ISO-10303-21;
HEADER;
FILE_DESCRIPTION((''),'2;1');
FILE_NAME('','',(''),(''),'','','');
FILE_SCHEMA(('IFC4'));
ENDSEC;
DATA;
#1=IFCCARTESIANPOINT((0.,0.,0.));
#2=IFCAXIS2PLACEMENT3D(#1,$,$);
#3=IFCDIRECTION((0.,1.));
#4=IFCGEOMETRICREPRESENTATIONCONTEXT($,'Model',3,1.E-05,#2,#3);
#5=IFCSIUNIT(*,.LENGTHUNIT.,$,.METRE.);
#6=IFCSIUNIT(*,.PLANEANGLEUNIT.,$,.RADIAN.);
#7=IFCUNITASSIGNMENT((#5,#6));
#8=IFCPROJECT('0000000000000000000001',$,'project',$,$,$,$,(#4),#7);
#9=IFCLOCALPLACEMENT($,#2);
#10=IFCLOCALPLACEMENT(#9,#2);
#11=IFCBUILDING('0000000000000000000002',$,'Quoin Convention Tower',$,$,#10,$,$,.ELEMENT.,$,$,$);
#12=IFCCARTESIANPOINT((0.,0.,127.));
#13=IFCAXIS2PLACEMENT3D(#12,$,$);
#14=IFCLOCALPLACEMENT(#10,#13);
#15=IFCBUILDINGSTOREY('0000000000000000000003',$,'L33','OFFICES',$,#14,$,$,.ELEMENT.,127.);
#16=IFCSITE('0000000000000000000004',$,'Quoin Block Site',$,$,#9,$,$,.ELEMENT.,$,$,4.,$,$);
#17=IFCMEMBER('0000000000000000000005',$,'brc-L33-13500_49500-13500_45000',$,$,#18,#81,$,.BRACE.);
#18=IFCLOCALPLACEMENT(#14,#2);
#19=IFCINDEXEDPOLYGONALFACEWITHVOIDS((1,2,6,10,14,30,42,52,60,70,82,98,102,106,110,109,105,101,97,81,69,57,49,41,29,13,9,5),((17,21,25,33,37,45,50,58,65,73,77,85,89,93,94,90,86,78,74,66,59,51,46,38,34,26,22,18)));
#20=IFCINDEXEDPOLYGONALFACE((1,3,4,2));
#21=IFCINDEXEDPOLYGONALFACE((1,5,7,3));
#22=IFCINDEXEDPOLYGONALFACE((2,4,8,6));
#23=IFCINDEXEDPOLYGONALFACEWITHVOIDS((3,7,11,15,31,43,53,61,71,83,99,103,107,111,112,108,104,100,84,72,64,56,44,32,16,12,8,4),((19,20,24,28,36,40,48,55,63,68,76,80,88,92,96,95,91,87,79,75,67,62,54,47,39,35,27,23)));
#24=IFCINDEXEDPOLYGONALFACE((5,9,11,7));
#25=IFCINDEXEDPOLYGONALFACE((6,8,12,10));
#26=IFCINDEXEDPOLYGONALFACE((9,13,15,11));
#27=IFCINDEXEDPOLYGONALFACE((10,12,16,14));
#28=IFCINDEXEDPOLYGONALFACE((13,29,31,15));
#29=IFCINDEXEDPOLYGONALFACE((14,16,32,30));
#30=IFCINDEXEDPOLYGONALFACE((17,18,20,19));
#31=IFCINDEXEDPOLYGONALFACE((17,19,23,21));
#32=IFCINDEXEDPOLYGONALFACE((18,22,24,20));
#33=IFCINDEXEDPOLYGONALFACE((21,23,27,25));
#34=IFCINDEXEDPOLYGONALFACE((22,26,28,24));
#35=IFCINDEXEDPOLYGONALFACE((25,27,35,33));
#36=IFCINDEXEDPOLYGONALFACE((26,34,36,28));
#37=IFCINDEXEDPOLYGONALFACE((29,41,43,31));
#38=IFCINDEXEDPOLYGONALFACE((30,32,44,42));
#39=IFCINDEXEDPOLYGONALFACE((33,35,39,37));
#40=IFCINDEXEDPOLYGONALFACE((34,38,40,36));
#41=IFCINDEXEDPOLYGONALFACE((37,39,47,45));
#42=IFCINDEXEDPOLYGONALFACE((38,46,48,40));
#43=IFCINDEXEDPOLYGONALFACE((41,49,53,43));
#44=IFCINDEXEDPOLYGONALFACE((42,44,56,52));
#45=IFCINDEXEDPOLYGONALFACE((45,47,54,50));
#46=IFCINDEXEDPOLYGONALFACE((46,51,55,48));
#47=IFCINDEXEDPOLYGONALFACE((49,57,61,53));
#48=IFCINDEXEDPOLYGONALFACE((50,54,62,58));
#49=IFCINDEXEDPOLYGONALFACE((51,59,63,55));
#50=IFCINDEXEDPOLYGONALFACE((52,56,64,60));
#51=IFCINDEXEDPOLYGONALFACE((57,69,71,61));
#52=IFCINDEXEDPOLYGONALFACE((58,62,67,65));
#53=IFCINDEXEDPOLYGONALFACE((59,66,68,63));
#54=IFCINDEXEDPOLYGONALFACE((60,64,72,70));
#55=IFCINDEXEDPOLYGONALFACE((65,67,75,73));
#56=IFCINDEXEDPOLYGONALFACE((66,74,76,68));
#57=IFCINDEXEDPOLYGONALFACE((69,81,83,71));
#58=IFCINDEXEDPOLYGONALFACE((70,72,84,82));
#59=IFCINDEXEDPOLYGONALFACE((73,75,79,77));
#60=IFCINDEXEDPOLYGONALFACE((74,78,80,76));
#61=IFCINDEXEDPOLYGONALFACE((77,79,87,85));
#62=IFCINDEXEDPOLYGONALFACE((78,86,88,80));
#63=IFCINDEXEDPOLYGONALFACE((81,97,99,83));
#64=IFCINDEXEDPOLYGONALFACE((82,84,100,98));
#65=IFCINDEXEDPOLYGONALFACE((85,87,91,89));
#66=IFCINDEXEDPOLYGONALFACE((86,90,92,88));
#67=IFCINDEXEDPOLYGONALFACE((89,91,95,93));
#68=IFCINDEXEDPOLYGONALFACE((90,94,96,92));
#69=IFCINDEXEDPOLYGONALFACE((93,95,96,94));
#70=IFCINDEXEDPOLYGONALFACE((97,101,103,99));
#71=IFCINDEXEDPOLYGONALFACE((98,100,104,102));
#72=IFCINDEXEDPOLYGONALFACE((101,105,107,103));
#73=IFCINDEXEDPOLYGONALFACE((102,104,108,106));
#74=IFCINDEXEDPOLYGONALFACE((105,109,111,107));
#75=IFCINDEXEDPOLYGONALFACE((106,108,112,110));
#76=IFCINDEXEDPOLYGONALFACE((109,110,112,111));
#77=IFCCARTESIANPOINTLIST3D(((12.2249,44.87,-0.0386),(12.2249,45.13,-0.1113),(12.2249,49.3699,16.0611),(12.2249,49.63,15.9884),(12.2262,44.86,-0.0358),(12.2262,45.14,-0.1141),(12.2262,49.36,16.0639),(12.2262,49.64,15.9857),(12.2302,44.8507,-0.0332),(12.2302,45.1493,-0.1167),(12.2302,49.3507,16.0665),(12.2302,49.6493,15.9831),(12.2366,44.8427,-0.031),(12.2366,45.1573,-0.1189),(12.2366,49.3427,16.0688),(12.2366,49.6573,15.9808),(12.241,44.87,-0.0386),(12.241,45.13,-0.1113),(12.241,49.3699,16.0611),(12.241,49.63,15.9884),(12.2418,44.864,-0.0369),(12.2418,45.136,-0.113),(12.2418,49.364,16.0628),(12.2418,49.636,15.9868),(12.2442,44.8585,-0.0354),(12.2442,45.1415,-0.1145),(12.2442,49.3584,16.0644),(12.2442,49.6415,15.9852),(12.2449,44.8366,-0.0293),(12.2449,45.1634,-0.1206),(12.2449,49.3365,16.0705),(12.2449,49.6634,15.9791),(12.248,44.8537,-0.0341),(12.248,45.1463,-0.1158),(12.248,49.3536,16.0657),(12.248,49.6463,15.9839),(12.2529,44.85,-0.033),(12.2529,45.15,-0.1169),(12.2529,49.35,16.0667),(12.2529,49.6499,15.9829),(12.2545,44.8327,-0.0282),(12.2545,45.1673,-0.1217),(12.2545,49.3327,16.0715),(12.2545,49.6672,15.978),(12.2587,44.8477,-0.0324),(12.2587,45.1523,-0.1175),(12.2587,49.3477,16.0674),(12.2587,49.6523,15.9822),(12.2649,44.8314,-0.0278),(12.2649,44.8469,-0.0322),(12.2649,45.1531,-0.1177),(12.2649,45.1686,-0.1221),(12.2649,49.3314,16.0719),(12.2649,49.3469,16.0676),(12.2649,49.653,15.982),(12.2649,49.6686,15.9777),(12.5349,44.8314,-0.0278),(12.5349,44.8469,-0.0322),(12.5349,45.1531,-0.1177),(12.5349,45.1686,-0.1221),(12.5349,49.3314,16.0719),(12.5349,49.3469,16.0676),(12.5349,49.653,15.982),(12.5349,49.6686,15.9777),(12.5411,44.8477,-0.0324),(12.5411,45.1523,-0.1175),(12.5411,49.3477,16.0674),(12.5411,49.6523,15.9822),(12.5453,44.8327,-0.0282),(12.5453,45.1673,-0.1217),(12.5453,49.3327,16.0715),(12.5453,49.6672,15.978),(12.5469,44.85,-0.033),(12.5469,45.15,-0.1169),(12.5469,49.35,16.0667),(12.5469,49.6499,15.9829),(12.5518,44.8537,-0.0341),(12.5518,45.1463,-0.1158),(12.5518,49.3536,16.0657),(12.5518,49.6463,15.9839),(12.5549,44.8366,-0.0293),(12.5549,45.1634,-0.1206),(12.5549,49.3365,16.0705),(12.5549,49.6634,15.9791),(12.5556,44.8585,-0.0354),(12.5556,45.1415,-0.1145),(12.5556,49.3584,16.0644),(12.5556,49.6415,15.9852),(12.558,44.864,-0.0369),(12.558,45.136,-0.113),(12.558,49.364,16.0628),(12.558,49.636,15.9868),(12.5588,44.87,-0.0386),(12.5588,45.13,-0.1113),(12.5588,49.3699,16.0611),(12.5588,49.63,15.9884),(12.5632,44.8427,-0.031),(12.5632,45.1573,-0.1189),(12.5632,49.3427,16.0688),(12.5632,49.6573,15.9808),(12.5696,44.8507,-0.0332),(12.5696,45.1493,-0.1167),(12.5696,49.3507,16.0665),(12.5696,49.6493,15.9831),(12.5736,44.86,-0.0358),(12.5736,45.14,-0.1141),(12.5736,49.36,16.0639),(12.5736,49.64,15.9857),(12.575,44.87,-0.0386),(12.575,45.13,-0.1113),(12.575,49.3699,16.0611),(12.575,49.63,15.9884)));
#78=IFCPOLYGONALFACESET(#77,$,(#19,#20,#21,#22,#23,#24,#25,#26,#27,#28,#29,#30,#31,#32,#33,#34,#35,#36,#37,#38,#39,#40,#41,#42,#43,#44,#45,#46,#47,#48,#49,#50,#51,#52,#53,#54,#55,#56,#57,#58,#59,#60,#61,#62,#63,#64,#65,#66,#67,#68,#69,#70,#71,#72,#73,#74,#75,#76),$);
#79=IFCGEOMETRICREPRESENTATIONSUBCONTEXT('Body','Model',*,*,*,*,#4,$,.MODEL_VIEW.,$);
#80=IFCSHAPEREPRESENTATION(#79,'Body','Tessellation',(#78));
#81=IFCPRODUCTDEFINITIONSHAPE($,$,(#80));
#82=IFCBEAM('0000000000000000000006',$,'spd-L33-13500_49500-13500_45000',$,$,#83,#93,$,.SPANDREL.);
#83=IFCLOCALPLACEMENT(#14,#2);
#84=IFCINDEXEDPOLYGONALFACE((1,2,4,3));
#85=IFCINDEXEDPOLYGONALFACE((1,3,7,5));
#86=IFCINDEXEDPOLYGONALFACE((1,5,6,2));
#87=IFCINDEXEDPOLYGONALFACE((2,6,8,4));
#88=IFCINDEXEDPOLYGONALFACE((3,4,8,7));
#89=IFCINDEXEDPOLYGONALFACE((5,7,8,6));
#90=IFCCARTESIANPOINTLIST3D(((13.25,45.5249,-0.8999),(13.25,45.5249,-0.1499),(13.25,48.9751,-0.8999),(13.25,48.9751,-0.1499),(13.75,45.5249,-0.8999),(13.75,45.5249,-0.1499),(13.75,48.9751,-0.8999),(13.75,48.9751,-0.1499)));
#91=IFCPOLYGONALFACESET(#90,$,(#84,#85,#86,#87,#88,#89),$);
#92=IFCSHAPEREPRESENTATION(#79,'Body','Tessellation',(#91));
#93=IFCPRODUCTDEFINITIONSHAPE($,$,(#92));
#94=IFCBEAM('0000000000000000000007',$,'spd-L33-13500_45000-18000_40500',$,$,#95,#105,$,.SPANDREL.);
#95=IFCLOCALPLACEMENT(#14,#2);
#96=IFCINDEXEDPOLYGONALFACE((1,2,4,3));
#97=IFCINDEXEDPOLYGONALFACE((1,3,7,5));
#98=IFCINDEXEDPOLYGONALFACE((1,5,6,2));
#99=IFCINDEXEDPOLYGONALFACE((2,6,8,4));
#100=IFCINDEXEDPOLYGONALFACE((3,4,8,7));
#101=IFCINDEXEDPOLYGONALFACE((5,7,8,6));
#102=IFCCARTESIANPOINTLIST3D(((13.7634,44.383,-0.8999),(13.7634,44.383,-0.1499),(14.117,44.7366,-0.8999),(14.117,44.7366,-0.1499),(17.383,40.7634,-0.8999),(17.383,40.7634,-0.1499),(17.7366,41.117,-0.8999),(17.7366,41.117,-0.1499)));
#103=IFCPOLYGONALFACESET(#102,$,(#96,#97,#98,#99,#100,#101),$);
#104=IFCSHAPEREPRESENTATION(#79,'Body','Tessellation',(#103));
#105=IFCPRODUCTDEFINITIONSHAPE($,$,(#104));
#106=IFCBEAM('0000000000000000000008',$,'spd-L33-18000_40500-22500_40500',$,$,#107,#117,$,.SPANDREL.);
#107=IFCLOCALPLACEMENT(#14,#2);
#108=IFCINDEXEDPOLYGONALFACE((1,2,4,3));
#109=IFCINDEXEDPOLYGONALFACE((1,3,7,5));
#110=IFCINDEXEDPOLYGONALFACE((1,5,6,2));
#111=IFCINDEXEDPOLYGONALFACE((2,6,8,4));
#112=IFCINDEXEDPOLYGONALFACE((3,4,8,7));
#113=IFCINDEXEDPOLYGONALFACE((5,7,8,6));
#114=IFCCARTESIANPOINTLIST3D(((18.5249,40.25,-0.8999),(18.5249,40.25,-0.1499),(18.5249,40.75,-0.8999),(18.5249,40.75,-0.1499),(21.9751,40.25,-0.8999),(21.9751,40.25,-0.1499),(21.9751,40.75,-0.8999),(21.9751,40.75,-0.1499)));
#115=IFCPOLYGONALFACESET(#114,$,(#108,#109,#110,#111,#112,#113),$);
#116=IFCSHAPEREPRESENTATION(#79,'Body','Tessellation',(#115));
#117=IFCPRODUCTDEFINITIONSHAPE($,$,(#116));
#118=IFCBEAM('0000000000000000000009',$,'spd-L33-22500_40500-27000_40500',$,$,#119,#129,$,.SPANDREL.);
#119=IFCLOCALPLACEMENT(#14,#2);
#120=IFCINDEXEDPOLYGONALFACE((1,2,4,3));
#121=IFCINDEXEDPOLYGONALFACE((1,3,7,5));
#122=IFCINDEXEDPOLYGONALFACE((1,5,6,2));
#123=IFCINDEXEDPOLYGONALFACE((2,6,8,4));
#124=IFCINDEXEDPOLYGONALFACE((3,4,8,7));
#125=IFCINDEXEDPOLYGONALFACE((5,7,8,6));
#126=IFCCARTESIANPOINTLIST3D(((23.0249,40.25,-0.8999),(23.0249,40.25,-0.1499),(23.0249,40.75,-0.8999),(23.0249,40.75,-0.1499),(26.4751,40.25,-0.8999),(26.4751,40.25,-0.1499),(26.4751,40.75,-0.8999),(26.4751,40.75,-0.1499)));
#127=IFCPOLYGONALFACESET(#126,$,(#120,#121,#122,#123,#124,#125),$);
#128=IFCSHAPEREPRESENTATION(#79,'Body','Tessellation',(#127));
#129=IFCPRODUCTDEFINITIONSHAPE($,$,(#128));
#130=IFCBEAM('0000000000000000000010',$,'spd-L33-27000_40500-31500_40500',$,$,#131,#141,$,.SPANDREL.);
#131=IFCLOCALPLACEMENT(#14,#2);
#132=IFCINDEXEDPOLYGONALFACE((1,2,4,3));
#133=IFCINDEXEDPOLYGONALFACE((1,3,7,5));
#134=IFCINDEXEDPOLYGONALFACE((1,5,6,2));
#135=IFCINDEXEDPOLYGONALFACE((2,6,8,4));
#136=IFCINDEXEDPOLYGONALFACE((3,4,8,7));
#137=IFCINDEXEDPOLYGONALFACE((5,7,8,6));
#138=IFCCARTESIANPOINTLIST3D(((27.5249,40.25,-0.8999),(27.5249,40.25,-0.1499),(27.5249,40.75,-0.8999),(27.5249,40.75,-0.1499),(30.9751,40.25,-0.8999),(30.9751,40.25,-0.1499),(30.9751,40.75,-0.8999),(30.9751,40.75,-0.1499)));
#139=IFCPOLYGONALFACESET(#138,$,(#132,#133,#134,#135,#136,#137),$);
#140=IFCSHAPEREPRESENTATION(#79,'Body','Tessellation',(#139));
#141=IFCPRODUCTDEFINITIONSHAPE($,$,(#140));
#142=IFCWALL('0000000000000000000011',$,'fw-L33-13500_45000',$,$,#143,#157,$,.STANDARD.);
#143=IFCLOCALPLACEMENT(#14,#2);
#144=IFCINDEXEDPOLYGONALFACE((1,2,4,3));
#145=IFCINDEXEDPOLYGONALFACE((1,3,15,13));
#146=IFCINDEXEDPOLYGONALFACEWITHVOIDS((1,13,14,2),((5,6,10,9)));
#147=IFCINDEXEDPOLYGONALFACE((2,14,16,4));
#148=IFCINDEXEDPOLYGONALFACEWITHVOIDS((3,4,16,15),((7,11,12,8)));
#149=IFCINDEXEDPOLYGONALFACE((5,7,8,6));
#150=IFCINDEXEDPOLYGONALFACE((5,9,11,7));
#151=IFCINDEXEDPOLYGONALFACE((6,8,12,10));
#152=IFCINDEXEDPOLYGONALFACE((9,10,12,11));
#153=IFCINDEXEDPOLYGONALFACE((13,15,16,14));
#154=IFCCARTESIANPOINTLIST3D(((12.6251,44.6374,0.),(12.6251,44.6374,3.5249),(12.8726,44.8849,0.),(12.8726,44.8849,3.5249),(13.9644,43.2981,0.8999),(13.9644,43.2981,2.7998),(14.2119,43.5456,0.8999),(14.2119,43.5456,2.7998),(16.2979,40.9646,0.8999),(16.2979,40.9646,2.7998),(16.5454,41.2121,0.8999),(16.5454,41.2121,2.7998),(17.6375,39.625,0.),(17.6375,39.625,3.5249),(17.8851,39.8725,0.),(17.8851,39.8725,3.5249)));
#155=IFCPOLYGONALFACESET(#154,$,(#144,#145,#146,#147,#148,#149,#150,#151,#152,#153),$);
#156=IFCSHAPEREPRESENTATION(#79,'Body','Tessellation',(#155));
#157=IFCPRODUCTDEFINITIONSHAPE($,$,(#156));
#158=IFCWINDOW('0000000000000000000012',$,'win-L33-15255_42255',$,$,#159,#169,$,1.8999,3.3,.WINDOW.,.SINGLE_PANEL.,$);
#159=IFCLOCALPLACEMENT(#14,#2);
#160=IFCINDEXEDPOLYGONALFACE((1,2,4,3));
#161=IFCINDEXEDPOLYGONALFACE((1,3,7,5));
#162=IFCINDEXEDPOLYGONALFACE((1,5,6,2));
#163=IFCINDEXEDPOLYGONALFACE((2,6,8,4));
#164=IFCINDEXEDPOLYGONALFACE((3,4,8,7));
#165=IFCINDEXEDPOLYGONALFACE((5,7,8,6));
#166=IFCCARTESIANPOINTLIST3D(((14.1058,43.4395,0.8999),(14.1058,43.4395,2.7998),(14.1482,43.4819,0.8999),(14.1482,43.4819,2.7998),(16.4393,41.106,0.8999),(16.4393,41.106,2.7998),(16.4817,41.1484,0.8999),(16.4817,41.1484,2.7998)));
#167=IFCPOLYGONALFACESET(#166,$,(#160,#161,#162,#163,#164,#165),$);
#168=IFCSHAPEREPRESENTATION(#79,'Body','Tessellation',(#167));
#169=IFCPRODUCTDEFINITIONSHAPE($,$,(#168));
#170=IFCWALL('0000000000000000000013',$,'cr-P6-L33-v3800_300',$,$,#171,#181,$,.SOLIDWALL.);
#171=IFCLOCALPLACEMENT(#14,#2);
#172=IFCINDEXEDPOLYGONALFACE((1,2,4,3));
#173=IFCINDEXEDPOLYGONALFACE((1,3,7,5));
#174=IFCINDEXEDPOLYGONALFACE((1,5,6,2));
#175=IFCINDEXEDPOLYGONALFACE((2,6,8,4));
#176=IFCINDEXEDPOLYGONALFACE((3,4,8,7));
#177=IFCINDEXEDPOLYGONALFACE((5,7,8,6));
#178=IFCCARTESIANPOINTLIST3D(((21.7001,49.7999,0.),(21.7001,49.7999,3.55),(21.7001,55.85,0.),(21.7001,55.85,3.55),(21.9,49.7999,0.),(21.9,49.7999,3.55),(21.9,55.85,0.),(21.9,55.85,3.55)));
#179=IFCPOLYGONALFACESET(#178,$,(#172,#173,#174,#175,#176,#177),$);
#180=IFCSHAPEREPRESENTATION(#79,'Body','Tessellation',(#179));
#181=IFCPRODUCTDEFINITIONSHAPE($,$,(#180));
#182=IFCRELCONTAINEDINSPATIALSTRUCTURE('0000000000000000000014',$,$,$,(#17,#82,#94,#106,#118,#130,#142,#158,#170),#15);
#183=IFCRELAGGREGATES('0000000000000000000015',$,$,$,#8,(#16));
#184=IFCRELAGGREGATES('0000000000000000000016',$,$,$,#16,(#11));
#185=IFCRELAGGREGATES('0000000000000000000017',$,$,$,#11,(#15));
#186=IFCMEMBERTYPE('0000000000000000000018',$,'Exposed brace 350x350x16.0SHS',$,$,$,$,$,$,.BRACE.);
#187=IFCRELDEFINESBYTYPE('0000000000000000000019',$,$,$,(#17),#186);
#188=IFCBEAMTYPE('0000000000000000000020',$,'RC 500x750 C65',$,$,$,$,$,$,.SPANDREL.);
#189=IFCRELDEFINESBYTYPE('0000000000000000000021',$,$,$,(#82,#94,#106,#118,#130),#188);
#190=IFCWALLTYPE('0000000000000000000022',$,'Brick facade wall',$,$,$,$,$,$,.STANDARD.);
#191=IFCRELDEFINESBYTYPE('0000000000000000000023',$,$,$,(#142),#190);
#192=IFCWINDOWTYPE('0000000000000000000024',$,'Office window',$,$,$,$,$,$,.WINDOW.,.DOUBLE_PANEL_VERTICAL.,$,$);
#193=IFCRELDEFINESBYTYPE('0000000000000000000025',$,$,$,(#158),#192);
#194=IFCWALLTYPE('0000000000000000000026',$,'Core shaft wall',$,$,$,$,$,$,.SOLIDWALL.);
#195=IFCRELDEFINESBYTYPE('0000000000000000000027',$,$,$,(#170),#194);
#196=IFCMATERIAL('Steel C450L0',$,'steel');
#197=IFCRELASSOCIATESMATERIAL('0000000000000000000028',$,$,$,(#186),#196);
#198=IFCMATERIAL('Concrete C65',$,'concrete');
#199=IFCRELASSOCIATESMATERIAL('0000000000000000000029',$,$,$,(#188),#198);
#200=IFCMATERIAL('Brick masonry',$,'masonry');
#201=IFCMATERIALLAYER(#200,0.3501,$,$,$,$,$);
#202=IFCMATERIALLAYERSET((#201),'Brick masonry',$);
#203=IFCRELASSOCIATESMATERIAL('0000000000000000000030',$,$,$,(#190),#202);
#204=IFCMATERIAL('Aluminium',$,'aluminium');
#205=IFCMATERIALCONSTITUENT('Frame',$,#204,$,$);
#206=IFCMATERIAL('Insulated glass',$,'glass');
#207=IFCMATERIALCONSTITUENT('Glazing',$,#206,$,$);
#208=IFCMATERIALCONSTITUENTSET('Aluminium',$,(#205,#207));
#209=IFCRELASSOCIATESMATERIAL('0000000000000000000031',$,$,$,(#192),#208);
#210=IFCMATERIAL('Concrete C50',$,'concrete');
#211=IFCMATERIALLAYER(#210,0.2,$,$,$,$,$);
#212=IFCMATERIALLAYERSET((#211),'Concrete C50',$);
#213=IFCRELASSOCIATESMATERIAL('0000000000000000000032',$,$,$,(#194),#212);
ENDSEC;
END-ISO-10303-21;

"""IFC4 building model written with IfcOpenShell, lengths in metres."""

from ifc_helpers import new_model, si_unit, direction, frame, frame_2d, origin, origin_2d, place, context, subcontext, project, spatial, rectangle, hollow_rectangle, extrude, material, layer, layer_set, constituent, constituent_set, material_profile, profile_set, type_object, element, fill, save


model = new_model("IFC4")

# Units and contexts
model_context = context("Model", 3, precision=1e-05, world=origin(), true_north=direction((0.0, 1.0)))
body_context = subcontext(model_context, "Body", "Model", "MODEL_VIEW")
ifc_project = project(units=[si_unit("LENGTHUNIT", "METRE"), si_unit("PLANEANGLEUNIT", "RADIAN")], contexts=[model_context])

# Site, building, storey
site_placement = place(None, origin())
site = spatial("IfcSite", under=ifc_project, at=site_placement, Name="Quoin Block Site", CompositionType="ELEMENT", RefElevation=4.0)
building_placement = place(site_placement, origin())
building = spatial("IfcBuilding", under=site, at=building_placement, Name="Quoin Convention Tower", CompositionType="ELEMENT")
storey_placement = place(building_placement, frame((0.0, 0.0, 127.0)))
storey = spatial("IfcBuildingStorey", under=building, at=storey_placement, Name="L33", Description="OFFICES", CompositionType="ELEMENT", Elevation=127.0)

# Shared definitions
ifc_material_1 = material(Name="Concrete C65", Category="concrete")

# Member
ifc_material_2 = material(Name="Steel C450L0", Category="steel")
ifc_material_profile_1 = material_profile(ifc_material_2, hollow_rectangle(XDim=0.3501, YDim=0.3501, WallThickness=0.0161, InnerFilletRadius=0.0239, OuterFilletRadius=0.04, at=origin_2d()), Name="350x350x16.0SHS")
ifc_profile_set_1 = profile_set([ifc_material_profile_1], Name="Steel C450L0")
member_type = type_object("IfcMemberType", Name="Exposed brace 350x350x16.0SHS", PredefinedType="BRACE", material=ifc_profile_set_1)
member_placement = place(storey_placement, frame((12.3999, 45.0, -0.075), z_axis=(0.0, 0.269188, 0.963088), x_axis=(-1.0, 0.0, 0.0)))
element("IfcMember", 1, at=member_placement, inside=storey, type_object=member_type, Name="brc-L33-13500_49500-13500_45000", PredefinedType="BRACE", context=body_context, shape_type="SweptSolid", body=[
    extrude(hollow_rectangle(XDim=0.3501, YDim=0.3501, WallThickness=0.0161, InnerFilletRadius=0.0239, OuterFilletRadius=0.04, at=origin_2d()), origin(), (0.0, 0.0, 1.0), 16.7168),
])

# Beams
ifc_material_profile_2 = material_profile(ifc_material_1, rectangle(XDim=0.5, YDim=0.75, at=origin_2d()), Name="RC 500x750")
ifc_profile_set_2 = profile_set([ifc_material_profile_2], Name="Concrete C65")
beam_type_1 = type_object("IfcBeamType", Name="RC 500x750 C65", PredefinedType="SPANDREL", material=ifc_profile_set_2)
beam_1_placement = place(storey_placement, frame((13.5, 48.9751, -0.5249), z_axis=(0.0, -1.0, 0.0), x_axis=(1.0, 0.0, 0.0)))
element("IfcBeam", 2, at=beam_1_placement, inside=storey, type_object=beam_type_1, Name="spd-L33-13500_49500-13500_45000", PredefinedType="SPANDREL", context=body_context, shape_type="SweptSolid", body=[
    extrude(rectangle(XDim=0.5, YDim=0.75, at=origin_2d()), origin(), (0.0, 0.0, 1.0), 3.4502),
])
beam_2_placement = place(storey_placement, frame((13.9402, 44.5598, -0.5249), z_axis=(0.707107, -0.707107, 0.0), x_axis=(0.707107, 0.707107, 0.0)))
element("IfcBeam", 3, at=beam_2_placement, inside=storey, type_object=beam_type_1, Name="spd-L33-13500_45000-18000_40500", PredefinedType="SPANDREL", context=body_context, shape_type="SweptSolid", body=[
    extrude(rectangle(XDim=0.5, YDim=0.75, at=origin_2d()), origin(), (0.0, 0.0, 1.0), 5.1189),
])
for number, where, z_axis, x_axis, name in (
    (4, (18.5249, 40.5, -0.5249), (1.0, 0.0, 0.0), (0.0, 1.0, 0.0), "spd-L33-18000_40500-22500_40500"),
    (5, (23.0249, 40.5, -0.5249), (1.0, 0.0, 0.0), (0.0, 1.0, 0.0), "spd-L33-22500_40500-27000_40500"),
    (6, (27.5249, 40.5, -0.5249), (1.0, 0.0, 0.0), (0.0, 1.0, 0.0), "spd-L33-27000_40500-31500_40500"),
):
    element("IfcBeam", number, at=place(storey_placement, frame(where, z_axis=z_axis, x_axis=x_axis)), inside=storey, type_object=beam_type_1, Name=name, PredefinedType="SPANDREL", context=body_context, shape_type="SweptSolid", body=[
        extrude(rectangle(XDim=0.5, YDim=0.75, at=origin_2d()), origin(), (0.0, 0.0, 1.0), 3.4502),
    ])

# Wall, opening, window
ifc_material_3 = material(Name="Brick masonry", Category="masonry")
ifc_layer_1 = layer(ifc_material_3, 0.3501)
ifc_layer_set_1 = layer_set([ifc_layer_1], Name="Brick masonry")
wall_type_1 = type_object("IfcWallType", Name="Brick facade wall", PredefinedType="STANDARD", material=ifc_layer_set_1)
wall_1_placement = place(storey_placement, frame((12.7488, 44.7612, 0.0), z_axis=(0.0, 0.0, 1.0), x_axis=(0.707107, -0.707107, 0.0)))
wall_1 = element("IfcWall", 7, at=wall_1_placement, inside=storey, type_object=wall_type_1, Name="fw-L33-13500_45000", PredefinedType="STANDARD", context=body_context, shape_type="SweptSolid", body=[
    extrude(rectangle(XDim=7.0886, YDim=0.3501, at=frame_2d((3.5444, 0.0))), origin(), (0.0, 0.0, 1.0), 3.5249),
])
opening_1_placement = place(wall_1_placement, frame((1.8943, 0.0, 0.8999)))
opening_1 = element("IfcOpeningElement", 8, at=opening_1_placement, cuts=wall_1, PredefinedType="OPENING", context=body_context, shape_type="SweptSolid", body=[
    extrude(rectangle(XDim=3.3, YDim=1.8999, at=frame_2d((1.6499, 0.95))), frame((0.0, 0.1851, 0.0), z_axis=(0.0, -1.0, 0.0), x_axis=(1.0, 0.0, 0.0)), (0.0, 0.0, 1.0), 0.3701),
])
ifc_material_4 = material(Name="Aluminium", Category="aluminium")
ifc_constituent_1 = constituent(ifc_material_4, Name="Frame")
ifc_material_5 = material(Name="Insulated glass", Category="glass")
ifc_constituent_2 = constituent(ifc_material_5, Name="Glazing")
ifc_constituent_set = constituent_set(constituents=[ifc_constituent_1, ifc_constituent_2], Name="Aluminium")
window_type = type_object("IfcWindowType", Name="Office window", PartitioningType="DOUBLE_PANEL_VERTICAL", PredefinedType="WINDOW", material=ifc_constituent_set)
window_placement = place(opening_1_placement, origin())
window = element("IfcWindow", 9, at=window_placement, inside=storey, type_object=window_type, Name="win-L33-15255_42255", OverallHeight=1.8999, OverallWidth=3.3, PartitioningType="SINGLE_PANEL", PredefinedType="WINDOW", context=body_context, shape_type="SweptSolid", body=[
    extrude(rectangle(XDim=3.3, YDim=1.8999, at=frame_2d((1.6499, 0.95))), frame((0.0, 0.085, 0.0), z_axis=(0.0, -1.0, 0.0), x_axis=(1.0, 0.0, 0.0)), (0.0, 0.0, 1.0), 0.0601),
])
fill(opening_1, window)

# Wall
ifc_material_6 = material(Name="Concrete C50", Category="concrete")
ifc_layer_2 = layer(ifc_material_6, 0.2)
ifc_layer_set_2 = layer_set([ifc_layer_2], Name="Concrete C50")
wall_type_2 = type_object("IfcWallType", Name="Core shaft wall", PredefinedType="SOLIDWALL", material=ifc_layer_set_2)
for number, where, z_axis, x_axis, name in (
    (10, (21.8, 49.8, 0.0), (0.0, 0.0, 1.0), (0.0, 1.0, 0.0), "cr-P6-L33-v3800_300"),
):
    element("IfcWall", number, at=place(storey_placement, frame(where, z_axis=z_axis, x_axis=x_axis)), inside=storey, type_object=wall_type_2, Name=name, PredefinedType="SOLIDWALL", context=body_context, shape_type="SweptSolid", body=[
        extrude(rectangle(XDim=6.05, YDim=0.2, at=frame_2d((3.0249, 0.0))), origin(), (0.0, 0.0, 1.0), 3.55),
    ])

save(model, "model.ifc")
